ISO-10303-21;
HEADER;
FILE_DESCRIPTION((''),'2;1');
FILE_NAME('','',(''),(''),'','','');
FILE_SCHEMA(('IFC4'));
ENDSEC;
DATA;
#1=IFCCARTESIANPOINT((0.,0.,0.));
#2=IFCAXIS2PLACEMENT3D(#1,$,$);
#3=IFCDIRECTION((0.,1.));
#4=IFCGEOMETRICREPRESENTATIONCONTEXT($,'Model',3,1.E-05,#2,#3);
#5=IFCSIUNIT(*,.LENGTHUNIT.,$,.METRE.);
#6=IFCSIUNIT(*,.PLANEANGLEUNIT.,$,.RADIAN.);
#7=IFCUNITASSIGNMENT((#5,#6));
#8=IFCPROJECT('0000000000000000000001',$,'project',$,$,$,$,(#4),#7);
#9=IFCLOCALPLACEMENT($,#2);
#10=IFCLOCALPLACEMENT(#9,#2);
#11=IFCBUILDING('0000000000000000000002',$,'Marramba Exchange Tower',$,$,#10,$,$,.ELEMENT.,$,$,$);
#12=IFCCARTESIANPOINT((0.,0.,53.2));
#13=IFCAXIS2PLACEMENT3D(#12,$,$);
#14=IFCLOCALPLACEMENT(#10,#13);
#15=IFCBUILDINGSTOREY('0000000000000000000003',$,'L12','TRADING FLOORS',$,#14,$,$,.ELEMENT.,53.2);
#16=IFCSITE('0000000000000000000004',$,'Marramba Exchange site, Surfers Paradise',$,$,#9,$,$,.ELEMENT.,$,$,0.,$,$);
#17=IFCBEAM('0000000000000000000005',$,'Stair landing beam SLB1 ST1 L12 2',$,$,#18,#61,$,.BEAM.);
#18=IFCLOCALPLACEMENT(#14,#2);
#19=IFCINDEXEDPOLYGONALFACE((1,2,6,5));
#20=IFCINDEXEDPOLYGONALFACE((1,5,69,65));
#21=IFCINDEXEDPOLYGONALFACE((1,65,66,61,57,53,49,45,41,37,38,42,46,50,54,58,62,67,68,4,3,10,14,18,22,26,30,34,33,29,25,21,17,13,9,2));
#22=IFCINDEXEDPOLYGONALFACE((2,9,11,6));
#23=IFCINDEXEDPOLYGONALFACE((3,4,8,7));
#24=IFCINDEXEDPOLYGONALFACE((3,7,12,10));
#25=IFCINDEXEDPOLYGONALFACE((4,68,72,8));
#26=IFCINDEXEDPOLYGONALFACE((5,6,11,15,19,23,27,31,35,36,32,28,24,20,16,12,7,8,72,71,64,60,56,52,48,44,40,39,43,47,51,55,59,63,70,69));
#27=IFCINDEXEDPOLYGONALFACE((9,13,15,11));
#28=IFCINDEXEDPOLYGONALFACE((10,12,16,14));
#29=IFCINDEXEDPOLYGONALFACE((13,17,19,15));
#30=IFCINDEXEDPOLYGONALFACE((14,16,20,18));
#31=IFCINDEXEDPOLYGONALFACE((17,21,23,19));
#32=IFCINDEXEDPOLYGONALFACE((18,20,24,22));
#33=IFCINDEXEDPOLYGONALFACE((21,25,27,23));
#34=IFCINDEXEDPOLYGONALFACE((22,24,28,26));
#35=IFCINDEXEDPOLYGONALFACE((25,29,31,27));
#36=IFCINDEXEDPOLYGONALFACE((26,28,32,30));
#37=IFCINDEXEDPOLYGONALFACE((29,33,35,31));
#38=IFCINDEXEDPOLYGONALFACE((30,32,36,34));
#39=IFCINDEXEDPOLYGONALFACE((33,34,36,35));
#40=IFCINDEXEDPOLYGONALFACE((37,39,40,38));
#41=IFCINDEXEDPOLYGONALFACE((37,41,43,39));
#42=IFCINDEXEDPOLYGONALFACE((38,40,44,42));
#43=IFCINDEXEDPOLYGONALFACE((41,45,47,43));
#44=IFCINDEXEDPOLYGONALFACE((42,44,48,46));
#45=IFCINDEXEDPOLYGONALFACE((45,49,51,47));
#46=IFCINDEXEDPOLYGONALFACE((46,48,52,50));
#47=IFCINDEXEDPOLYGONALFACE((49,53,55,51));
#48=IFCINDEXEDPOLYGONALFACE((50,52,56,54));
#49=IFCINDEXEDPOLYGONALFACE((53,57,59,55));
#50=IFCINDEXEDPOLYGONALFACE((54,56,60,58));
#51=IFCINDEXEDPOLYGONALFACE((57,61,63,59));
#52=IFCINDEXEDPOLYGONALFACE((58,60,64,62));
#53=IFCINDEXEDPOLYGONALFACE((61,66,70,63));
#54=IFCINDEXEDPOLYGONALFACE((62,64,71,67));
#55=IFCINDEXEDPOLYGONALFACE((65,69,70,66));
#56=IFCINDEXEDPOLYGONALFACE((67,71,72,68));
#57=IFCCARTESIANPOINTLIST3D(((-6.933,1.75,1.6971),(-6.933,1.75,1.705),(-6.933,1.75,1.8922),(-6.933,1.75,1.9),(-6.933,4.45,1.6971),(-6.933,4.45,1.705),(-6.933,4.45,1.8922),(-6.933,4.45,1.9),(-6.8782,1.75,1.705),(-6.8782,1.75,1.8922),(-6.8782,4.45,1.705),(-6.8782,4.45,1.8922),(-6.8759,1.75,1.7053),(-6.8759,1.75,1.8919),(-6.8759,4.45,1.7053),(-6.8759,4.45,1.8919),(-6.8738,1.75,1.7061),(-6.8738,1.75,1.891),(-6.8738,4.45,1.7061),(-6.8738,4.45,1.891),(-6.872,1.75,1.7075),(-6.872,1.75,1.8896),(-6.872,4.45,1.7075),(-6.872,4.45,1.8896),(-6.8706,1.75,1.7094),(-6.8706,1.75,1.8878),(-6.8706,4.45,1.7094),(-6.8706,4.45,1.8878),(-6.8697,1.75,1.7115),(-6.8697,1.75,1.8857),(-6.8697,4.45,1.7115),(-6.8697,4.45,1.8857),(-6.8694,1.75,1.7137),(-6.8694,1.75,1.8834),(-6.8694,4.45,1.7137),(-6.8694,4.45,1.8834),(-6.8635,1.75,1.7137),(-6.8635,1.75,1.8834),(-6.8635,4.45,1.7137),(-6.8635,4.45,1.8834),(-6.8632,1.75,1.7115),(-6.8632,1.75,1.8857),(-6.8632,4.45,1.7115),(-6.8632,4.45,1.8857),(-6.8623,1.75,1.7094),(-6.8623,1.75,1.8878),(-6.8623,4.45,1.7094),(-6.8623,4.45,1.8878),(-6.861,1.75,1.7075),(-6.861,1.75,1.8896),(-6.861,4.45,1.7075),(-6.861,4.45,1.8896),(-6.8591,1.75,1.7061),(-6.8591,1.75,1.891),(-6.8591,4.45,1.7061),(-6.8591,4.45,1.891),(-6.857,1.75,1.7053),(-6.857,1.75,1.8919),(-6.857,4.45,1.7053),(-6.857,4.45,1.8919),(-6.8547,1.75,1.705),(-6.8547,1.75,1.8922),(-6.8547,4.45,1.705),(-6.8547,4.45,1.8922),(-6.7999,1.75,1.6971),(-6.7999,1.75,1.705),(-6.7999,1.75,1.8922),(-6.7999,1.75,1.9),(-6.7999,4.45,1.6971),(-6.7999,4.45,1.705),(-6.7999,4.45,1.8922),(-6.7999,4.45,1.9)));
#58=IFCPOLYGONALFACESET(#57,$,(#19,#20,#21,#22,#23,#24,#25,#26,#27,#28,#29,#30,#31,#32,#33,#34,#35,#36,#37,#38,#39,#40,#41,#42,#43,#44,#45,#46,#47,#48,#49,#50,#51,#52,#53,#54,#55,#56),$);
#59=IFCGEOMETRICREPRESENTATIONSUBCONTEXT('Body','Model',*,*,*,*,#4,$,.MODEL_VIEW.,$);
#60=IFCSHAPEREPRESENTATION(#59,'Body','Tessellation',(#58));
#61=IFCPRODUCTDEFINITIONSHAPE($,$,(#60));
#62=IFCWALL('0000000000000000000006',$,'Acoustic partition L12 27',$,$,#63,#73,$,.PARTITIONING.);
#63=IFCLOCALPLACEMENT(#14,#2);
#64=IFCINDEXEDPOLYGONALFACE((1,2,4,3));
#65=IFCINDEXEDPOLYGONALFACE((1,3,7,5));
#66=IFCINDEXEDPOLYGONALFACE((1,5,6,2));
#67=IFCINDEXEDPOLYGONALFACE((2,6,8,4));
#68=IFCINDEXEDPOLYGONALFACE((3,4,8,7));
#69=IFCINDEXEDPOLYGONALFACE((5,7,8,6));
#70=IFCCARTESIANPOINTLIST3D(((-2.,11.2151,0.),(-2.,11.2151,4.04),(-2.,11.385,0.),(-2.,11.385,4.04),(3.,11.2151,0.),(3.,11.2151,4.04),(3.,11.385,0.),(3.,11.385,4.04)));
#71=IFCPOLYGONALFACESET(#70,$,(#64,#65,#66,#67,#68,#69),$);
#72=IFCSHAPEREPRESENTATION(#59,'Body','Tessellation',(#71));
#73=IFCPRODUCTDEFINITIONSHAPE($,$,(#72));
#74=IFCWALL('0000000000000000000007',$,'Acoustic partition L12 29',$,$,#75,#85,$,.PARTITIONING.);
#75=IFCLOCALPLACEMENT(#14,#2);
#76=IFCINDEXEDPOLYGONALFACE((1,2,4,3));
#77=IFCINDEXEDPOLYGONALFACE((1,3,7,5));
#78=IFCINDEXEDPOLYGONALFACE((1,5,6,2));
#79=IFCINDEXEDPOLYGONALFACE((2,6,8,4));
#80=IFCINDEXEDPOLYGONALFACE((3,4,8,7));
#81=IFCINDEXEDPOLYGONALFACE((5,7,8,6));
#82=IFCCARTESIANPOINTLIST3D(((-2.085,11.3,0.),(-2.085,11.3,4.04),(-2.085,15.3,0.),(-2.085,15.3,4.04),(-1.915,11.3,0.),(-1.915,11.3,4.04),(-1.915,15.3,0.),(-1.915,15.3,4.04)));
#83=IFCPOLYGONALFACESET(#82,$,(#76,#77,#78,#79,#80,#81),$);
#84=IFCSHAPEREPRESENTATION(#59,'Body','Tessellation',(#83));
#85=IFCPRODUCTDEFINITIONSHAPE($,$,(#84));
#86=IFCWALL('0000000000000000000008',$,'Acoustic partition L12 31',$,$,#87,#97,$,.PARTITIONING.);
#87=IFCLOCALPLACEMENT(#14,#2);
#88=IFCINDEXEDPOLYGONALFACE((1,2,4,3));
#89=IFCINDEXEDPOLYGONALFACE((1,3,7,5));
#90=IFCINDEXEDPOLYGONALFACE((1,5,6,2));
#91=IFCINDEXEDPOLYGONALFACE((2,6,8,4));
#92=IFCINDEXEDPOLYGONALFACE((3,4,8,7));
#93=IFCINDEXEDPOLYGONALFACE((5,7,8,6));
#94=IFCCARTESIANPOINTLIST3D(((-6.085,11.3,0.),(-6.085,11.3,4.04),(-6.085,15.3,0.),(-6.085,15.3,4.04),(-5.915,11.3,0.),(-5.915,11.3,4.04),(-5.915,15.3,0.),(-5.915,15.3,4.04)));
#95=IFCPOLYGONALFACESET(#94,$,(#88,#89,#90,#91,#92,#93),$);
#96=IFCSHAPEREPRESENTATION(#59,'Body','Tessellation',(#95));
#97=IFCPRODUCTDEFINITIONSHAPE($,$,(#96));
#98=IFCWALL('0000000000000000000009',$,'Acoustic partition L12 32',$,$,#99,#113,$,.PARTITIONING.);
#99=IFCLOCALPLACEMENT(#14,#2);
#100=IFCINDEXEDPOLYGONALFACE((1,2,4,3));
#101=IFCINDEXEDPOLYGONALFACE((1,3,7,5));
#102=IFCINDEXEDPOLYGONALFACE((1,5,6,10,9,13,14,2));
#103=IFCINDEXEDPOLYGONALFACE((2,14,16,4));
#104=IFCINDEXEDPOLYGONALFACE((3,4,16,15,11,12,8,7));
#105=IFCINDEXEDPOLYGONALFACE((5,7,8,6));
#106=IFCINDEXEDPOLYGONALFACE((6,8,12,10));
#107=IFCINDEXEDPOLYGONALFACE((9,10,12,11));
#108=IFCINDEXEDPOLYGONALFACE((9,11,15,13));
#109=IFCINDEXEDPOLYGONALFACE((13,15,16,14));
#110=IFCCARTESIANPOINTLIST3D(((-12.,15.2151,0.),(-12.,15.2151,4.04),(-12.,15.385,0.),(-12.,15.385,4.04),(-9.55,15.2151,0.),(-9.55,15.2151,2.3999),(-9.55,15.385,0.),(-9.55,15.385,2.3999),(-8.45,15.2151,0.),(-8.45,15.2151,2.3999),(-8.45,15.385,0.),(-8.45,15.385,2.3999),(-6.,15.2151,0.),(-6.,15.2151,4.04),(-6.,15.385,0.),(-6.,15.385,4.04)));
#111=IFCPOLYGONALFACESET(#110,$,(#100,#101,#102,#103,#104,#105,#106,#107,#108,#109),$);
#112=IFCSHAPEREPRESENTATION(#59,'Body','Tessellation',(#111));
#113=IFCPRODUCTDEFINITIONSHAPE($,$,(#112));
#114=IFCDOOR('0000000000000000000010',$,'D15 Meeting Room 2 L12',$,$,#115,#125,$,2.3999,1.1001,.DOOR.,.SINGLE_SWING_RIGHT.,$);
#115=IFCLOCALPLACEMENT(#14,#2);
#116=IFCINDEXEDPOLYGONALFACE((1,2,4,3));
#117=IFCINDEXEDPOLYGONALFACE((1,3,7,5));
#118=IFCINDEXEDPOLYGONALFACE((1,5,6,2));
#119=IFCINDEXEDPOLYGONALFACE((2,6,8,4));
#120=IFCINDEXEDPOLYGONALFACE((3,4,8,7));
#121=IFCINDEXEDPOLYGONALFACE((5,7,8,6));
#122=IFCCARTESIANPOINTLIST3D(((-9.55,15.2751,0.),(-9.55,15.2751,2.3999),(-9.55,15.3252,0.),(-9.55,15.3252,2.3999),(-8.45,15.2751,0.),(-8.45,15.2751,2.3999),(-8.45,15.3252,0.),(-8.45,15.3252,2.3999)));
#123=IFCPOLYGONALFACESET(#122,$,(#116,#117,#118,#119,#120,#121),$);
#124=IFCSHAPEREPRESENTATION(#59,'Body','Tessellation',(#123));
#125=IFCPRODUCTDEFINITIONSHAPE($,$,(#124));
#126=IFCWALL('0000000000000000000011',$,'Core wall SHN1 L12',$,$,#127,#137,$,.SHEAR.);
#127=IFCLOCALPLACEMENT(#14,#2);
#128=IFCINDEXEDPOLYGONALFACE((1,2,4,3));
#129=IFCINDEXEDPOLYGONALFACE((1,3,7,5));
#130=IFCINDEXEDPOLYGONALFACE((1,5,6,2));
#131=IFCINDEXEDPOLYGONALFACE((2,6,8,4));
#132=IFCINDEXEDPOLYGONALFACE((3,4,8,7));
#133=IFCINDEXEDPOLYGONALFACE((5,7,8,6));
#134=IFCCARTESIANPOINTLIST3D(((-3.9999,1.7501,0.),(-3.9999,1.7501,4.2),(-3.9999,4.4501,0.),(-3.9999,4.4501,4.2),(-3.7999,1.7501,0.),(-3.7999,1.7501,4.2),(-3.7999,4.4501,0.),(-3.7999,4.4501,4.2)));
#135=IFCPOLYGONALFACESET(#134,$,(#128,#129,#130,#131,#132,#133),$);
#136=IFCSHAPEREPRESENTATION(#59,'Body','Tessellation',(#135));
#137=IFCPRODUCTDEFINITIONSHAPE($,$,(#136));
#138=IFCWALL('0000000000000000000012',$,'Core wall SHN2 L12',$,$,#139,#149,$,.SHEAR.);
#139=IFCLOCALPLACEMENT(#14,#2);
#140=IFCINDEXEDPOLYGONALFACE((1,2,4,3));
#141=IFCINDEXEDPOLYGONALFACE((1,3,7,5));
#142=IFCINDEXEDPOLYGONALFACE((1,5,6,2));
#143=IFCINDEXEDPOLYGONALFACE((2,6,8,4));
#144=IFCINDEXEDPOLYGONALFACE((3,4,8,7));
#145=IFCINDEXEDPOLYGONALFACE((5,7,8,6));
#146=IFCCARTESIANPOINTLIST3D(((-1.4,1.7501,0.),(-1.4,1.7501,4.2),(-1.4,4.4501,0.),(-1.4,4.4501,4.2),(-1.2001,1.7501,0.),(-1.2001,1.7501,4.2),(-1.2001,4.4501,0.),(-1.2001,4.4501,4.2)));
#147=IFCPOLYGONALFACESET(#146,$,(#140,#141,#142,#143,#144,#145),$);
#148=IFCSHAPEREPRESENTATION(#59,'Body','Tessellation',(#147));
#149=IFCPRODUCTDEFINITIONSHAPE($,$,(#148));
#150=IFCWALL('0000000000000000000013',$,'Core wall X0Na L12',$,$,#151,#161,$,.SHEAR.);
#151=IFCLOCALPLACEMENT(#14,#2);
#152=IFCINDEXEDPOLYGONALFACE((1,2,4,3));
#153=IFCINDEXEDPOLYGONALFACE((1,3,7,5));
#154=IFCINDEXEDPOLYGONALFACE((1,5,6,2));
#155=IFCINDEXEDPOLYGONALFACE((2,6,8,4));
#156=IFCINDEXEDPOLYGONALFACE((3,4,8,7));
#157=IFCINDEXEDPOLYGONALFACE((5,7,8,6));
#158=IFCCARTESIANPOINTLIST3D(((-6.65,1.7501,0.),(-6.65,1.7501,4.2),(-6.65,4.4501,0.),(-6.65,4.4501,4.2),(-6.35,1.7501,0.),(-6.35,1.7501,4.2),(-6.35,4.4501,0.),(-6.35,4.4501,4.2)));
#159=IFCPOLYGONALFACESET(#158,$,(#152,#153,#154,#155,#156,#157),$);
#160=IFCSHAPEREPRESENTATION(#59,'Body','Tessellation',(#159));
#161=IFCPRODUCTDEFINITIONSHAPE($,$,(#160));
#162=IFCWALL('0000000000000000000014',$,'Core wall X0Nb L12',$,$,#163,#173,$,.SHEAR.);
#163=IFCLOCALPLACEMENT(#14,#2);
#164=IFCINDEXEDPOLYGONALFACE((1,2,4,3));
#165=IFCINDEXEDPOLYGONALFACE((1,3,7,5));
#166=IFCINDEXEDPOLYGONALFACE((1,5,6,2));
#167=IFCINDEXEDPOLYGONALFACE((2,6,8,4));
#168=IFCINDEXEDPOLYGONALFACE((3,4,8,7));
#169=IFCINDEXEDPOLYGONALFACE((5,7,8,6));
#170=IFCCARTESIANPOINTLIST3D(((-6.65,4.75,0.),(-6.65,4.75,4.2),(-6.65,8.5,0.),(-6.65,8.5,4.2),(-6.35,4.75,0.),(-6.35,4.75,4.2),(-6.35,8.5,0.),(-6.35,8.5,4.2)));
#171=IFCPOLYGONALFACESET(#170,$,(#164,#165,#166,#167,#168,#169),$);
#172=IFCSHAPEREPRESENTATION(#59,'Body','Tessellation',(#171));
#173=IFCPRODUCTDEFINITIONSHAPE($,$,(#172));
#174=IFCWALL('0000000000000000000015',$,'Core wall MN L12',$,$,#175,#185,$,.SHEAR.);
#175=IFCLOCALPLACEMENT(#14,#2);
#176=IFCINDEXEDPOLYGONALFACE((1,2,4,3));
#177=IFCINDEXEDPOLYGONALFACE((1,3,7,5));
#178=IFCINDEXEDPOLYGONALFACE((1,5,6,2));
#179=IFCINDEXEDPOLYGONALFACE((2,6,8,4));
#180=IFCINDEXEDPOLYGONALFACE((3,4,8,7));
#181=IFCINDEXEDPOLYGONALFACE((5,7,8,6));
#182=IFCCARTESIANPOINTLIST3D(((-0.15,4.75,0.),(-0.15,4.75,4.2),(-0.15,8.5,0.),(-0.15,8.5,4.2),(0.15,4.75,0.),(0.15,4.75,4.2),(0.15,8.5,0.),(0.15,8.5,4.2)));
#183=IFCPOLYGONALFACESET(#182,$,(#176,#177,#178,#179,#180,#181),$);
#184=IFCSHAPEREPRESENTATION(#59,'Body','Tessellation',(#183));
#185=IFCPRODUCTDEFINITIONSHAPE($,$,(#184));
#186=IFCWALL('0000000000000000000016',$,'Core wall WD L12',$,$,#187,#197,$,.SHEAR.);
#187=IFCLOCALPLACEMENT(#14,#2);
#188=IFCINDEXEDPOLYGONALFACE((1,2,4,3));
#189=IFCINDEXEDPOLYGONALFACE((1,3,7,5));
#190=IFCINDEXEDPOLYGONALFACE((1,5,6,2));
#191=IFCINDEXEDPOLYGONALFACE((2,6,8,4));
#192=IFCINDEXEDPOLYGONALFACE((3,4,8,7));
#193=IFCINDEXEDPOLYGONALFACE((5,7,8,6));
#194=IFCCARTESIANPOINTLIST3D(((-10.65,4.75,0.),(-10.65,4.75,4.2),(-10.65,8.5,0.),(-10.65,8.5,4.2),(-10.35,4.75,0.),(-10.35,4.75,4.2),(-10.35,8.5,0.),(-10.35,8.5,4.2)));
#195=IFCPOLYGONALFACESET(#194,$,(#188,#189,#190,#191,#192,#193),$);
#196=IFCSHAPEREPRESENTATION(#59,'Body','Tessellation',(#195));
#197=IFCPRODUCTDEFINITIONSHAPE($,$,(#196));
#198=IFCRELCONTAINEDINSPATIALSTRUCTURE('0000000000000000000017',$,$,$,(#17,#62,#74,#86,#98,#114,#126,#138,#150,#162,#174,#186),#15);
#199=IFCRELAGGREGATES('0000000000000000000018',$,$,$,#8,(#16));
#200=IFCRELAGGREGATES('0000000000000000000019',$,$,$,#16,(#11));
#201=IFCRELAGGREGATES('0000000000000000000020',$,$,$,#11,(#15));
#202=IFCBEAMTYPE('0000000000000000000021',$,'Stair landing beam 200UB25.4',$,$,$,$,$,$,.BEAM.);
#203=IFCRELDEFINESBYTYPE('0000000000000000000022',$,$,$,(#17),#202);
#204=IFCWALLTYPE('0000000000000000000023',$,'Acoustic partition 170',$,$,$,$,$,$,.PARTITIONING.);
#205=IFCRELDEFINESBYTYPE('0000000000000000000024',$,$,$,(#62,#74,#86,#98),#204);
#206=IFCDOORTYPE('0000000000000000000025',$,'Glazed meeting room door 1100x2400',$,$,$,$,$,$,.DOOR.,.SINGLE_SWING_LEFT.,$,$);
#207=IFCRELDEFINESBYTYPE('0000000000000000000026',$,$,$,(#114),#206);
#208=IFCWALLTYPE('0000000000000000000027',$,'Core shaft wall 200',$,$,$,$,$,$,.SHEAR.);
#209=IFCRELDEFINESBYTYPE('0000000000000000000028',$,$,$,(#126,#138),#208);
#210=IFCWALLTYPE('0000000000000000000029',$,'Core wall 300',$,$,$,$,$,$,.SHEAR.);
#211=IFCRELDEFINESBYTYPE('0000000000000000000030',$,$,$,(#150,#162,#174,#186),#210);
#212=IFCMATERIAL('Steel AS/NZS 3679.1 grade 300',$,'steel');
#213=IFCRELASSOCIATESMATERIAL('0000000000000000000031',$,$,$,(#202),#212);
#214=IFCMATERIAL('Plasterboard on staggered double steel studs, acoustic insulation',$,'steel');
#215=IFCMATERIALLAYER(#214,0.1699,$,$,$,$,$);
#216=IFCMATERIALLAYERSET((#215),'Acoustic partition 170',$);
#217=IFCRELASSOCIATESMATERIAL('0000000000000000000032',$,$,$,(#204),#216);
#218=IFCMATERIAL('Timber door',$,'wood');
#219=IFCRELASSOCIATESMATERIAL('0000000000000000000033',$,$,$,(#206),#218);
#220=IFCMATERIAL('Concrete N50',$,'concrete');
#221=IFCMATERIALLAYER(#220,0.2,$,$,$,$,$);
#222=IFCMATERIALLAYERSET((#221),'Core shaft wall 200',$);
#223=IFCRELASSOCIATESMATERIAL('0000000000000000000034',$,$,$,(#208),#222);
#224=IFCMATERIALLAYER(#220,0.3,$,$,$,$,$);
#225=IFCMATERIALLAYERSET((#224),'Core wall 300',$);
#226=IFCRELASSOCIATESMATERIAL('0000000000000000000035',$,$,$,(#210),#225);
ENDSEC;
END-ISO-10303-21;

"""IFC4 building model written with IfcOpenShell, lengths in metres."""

from ifc_helpers import new_model, si_unit, direction, frame, frame_2d, origin, origin_2d, place, context, subcontext, project, spatial, rectangle, i_section, extrude, material, layer, layer_set, material_profile, profile_set, type_object, element, fill, save


model = new_model("IFC4")

# Units and contexts
model_context = context("Model", 3, precision=1e-05, world=origin(), true_north=direction((0.0, 1.0)))
body_context = subcontext(model_context, "Body", "Model", "MODEL_VIEW")
ifc_project = project(units=[si_unit("LENGTHUNIT", "METRE"), si_unit("PLANEANGLEUNIT", "RADIAN")], contexts=[model_context])

# Site, building, storey
site_placement = place(None, origin())
site = spatial("IfcSite", under=ifc_project, at=site_placement, Name="Marramba Exchange site, Surfers Paradise", CompositionType="ELEMENT", RefElevation=0.0)
building_placement = place(site_placement, origin())
building = spatial("IfcBuilding", under=site, at=building_placement, Name="Marramba Exchange Tower", CompositionType="ELEMENT")
storey_placement = place(building_placement, frame((0.0, 0.0, 53.2)))
storey = spatial("IfcBuildingStorey", under=building, at=storey_placement, Name="L12", Description="TRADING FLOORS", CompositionType="ELEMENT", Elevation=53.2)

# Beam
ifc_material_1 = material(Name="Steel AS/NZS 3679.1 grade 300", Category="steel")
ifc_material_profile_1 = material_profile(ifc_material_1, i_section(OverallWidth=0.1331, OverallDepth=0.2029, WebThickness=0.0059, FlangeThickness=0.0078, FilletRadius=0.0088, at=origin_2d()), Name="200UB25.4")
ifc_profile_set_1 = profile_set([ifc_material_profile_1], Name="Steel AS/NZS 3679.1 grade 300")
beam_type_1 = type_object("IfcBeamType", Name="Stair landing beam 200UB25.4", PredefinedType="BEAM", material=ifc_profile_set_1)
for number, where, z_axis, x_axis, name in (
    (1, (-6.8665, 1.75, 1.7986), (0.0, 1.0, 0.0), (-1.0, 0.0, 0.0), "Stair landing beam SLB1 ST1 L12 2"),
):
    element("IfcBeam", number, at=place(storey_placement, frame(where, z_axis=z_axis, x_axis=x_axis)), inside=storey, type_object=beam_type_1, Name=name, PredefinedType="BEAM", context=body_context, shape_type="SweptSolid", body=[
        extrude(i_section(OverallWidth=0.1331, OverallDepth=0.2029, WebThickness=0.0059, FlangeThickness=0.0078, FilletRadius=0.0088, at=origin_2d()), origin(), (0.0, 0.0, 1.0), 2.7),
    ])

# Walls
ifc_material_2 = material(Name="Plasterboard on staggered double steel studs, acoustic insulation", Category="steel")
ifc_layer_1 = layer(ifc_material_2, 0.1699)
ifc_layer_set_1 = layer_set([ifc_layer_1], Name="Acoustic partition 170")
wall_type_1 = type_object("IfcWallType", Name="Acoustic partition 170", PredefinedType="PARTITIONING", material=ifc_layer_set_1)
wall_1_placement = place(storey_placement, frame((-2.0, 11.3, 0.0), z_axis=(0.0, 0.0, 1.0), x_axis=(1.0, 0.0, 0.0)))
element("IfcWall", 2, at=wall_1_placement, inside=storey, type_object=wall_type_1, Name="Acoustic partition L12 27", PredefinedType="PARTITIONING", context=body_context, shape_type="SweptSolid", body=[
    extrude(rectangle(XDim=5.0, YDim=0.1699, at=frame_2d((2.5, 0.0))), origin(), (0.0, 0.0, 1.0), 4.04),
])
for number, where, z_axis, x_axis, name in (
    (3, (-2.0, 15.3, 0.0), (0.0, 0.0, 1.0), (0.0, -1.0, 0.0), "Acoustic partition L12 29"),
    (4, (-6.0, 11.3, 0.0), (0.0, 0.0, 1.0), (0.0, 1.0, 0.0), "Acoustic partition L12 31"),
):
    element("IfcWall", number, at=place(storey_placement, frame(where, z_axis=z_axis, x_axis=x_axis)), inside=storey, type_object=wall_type_1, Name=name, PredefinedType="PARTITIONING", context=body_context, shape_type="SweptSolid", body=[
        extrude(rectangle(XDim=4.0, YDim=0.1699, at=frame_2d((2.0, 0.0))), origin(), (0.0, 0.0, 1.0), 4.04),
    ])

# Wall, opening, door
wall_2_placement = place(storey_placement, frame((-6.0, 15.3, 0.0), z_axis=(0.0, 0.0, 1.0), x_axis=(-1.0, 0.0, 0.0)))
wall_2 = element("IfcWall", 5, at=wall_2_placement, inside=storey, type_object=wall_type_1, Name="Acoustic partition L12 32", PredefinedType="PARTITIONING", context=body_context, shape_type="SweptSolid", body=[
    extrude(rectangle(XDim=6.0, YDim=0.1699, at=frame_2d((3.0, 0.0))), origin(), (0.0, 0.0, 1.0), 4.04),
])
opening_1_placement = place(wall_2_placement, frame((2.45, 0.0, 0.0)))
opening_1 = element("IfcOpeningElement", 6, at=opening_1_placement, cuts=wall_2, PredefinedType="OPENING", context=body_context, shape_type="SweptSolid", body=[
    extrude(rectangle(XDim=1.1001, YDim=2.3999, at=frame_2d((0.55, 1.2))), frame((0.0, 0.095, 0.0), z_axis=(0.0, -1.0, 0.0), x_axis=(1.0, 0.0, 0.0)), (0.0, 0.0, 1.0), 0.1899),
])
ifc_material_3 = material(Name="Timber door", Category="wood")
door_type_1 = type_object("IfcDoorType", Name="Glazed meeting room door 1100x2400", OperationType="SINGLE_SWING_LEFT", PredefinedType="DOOR", material=ifc_material_3)
door_1_placement = place(opening_1_placement, origin())
door_1 = element("IfcDoor", 7, at=door_1_placement, inside=storey, type_object=door_type_1, Name="D15 Meeting Room 2 L12", OperationType="SINGLE_SWING_RIGHT", OverallHeight=2.3999, OverallWidth=1.1001, PredefinedType="DOOR", context=body_context, shape_type="SweptSolid", body=[
    extrude(rectangle(XDim=1.1001, YDim=2.3999, at=frame_2d((0.55, 1.2))), frame((0.0, 0.0249, 0.0), z_axis=(0.0, -1.0, 0.0), x_axis=(1.0, 0.0, 0.0)), (0.0, 0.0, 1.0), 0.05),
])
fill(opening_1, door_1)

# Walls
ifc_material_4 = material(Name="Concrete N50", Category="concrete")
ifc_layer_2 = layer(ifc_material_4, 0.2)
ifc_layer_set_2 = layer_set([ifc_layer_2], Name="Core shaft wall 200")
wall_type_2 = type_object("IfcWallType", Name="Core shaft wall 200", PredefinedType="SHEAR", material=ifc_layer_set_2)
for number, where, z_axis, x_axis, name in (
    (8, (-3.8999, 1.75, 0.0), (0.0, 0.0, 1.0), (0.0, 1.0, 0.0), "Core wall SHN1 L12"),
    (9, (-1.3, 1.75, 0.0), (0.0, 0.0, 1.0), (0.0, 1.0, 0.0), "Core wall SHN2 L12"),
):
    element("IfcWall", number, at=place(storey_placement, frame(where, z_axis=z_axis, x_axis=x_axis)), inside=storey, type_object=wall_type_2, Name=name, PredefinedType="SHEAR", context=body_context, shape_type="SweptSolid", body=[
        extrude(rectangle(XDim=2.7, YDim=0.2, at=frame_2d((1.3501, 0.0))), origin(), (0.0, 0.0, 1.0), 4.2),
    ])
ifc_layer_3 = layer(ifc_material_4, 0.3)
ifc_layer_set_3 = layer_set([ifc_layer_3], Name="Core wall 300")
wall_type_3 = type_object("IfcWallType", Name="Core wall 300", PredefinedType="SHEAR", material=ifc_layer_set_3)
wall_3_placement = place(storey_placement, frame((-6.5, 1.75, 0.0), z_axis=(0.0, 0.0, 1.0), x_axis=(0.0, 1.0, 0.0)))
element("IfcWall", 10, at=wall_3_placement, inside=storey, type_object=wall_type_3, Name="Core wall X0Na L12", PredefinedType="SHEAR", context=body_context, shape_type="SweptSolid", body=[
    extrude(rectangle(XDim=2.7, YDim=0.3, at=frame_2d((1.3501, 0.0))), origin(), (0.0, 0.0, 1.0), 4.2),
])
for number, where, z_axis, x_axis, name in (
    (11, (-6.5, 4.75, 0.0), (0.0, 0.0, 1.0), (0.0, 1.0, 0.0), "Core wall X0Nb L12"),
    (12, (0.0, 4.75, 0.0), (0.0, 0.0, 1.0), (0.0, 1.0, 0.0), "Core wall MN L12"),
    (13, (-10.5, 4.75, 0.0), (0.0, 0.0, 1.0), (0.0, 1.0, 0.0), "Core wall WD L12"),
):
    element("IfcWall", number, at=place(storey_placement, frame(where, z_axis=z_axis, x_axis=x_axis)), inside=storey, type_object=wall_type_3, Name=name, PredefinedType="SHEAR", context=body_context, shape_type="SweptSolid", body=[
        extrude(rectangle(XDim=3.75, YDim=0.3, at=frame_2d((1.875, 0.0))), origin(), (0.0, 0.0, 1.0), 4.2),
    ])

save(model, "model.ifc")
